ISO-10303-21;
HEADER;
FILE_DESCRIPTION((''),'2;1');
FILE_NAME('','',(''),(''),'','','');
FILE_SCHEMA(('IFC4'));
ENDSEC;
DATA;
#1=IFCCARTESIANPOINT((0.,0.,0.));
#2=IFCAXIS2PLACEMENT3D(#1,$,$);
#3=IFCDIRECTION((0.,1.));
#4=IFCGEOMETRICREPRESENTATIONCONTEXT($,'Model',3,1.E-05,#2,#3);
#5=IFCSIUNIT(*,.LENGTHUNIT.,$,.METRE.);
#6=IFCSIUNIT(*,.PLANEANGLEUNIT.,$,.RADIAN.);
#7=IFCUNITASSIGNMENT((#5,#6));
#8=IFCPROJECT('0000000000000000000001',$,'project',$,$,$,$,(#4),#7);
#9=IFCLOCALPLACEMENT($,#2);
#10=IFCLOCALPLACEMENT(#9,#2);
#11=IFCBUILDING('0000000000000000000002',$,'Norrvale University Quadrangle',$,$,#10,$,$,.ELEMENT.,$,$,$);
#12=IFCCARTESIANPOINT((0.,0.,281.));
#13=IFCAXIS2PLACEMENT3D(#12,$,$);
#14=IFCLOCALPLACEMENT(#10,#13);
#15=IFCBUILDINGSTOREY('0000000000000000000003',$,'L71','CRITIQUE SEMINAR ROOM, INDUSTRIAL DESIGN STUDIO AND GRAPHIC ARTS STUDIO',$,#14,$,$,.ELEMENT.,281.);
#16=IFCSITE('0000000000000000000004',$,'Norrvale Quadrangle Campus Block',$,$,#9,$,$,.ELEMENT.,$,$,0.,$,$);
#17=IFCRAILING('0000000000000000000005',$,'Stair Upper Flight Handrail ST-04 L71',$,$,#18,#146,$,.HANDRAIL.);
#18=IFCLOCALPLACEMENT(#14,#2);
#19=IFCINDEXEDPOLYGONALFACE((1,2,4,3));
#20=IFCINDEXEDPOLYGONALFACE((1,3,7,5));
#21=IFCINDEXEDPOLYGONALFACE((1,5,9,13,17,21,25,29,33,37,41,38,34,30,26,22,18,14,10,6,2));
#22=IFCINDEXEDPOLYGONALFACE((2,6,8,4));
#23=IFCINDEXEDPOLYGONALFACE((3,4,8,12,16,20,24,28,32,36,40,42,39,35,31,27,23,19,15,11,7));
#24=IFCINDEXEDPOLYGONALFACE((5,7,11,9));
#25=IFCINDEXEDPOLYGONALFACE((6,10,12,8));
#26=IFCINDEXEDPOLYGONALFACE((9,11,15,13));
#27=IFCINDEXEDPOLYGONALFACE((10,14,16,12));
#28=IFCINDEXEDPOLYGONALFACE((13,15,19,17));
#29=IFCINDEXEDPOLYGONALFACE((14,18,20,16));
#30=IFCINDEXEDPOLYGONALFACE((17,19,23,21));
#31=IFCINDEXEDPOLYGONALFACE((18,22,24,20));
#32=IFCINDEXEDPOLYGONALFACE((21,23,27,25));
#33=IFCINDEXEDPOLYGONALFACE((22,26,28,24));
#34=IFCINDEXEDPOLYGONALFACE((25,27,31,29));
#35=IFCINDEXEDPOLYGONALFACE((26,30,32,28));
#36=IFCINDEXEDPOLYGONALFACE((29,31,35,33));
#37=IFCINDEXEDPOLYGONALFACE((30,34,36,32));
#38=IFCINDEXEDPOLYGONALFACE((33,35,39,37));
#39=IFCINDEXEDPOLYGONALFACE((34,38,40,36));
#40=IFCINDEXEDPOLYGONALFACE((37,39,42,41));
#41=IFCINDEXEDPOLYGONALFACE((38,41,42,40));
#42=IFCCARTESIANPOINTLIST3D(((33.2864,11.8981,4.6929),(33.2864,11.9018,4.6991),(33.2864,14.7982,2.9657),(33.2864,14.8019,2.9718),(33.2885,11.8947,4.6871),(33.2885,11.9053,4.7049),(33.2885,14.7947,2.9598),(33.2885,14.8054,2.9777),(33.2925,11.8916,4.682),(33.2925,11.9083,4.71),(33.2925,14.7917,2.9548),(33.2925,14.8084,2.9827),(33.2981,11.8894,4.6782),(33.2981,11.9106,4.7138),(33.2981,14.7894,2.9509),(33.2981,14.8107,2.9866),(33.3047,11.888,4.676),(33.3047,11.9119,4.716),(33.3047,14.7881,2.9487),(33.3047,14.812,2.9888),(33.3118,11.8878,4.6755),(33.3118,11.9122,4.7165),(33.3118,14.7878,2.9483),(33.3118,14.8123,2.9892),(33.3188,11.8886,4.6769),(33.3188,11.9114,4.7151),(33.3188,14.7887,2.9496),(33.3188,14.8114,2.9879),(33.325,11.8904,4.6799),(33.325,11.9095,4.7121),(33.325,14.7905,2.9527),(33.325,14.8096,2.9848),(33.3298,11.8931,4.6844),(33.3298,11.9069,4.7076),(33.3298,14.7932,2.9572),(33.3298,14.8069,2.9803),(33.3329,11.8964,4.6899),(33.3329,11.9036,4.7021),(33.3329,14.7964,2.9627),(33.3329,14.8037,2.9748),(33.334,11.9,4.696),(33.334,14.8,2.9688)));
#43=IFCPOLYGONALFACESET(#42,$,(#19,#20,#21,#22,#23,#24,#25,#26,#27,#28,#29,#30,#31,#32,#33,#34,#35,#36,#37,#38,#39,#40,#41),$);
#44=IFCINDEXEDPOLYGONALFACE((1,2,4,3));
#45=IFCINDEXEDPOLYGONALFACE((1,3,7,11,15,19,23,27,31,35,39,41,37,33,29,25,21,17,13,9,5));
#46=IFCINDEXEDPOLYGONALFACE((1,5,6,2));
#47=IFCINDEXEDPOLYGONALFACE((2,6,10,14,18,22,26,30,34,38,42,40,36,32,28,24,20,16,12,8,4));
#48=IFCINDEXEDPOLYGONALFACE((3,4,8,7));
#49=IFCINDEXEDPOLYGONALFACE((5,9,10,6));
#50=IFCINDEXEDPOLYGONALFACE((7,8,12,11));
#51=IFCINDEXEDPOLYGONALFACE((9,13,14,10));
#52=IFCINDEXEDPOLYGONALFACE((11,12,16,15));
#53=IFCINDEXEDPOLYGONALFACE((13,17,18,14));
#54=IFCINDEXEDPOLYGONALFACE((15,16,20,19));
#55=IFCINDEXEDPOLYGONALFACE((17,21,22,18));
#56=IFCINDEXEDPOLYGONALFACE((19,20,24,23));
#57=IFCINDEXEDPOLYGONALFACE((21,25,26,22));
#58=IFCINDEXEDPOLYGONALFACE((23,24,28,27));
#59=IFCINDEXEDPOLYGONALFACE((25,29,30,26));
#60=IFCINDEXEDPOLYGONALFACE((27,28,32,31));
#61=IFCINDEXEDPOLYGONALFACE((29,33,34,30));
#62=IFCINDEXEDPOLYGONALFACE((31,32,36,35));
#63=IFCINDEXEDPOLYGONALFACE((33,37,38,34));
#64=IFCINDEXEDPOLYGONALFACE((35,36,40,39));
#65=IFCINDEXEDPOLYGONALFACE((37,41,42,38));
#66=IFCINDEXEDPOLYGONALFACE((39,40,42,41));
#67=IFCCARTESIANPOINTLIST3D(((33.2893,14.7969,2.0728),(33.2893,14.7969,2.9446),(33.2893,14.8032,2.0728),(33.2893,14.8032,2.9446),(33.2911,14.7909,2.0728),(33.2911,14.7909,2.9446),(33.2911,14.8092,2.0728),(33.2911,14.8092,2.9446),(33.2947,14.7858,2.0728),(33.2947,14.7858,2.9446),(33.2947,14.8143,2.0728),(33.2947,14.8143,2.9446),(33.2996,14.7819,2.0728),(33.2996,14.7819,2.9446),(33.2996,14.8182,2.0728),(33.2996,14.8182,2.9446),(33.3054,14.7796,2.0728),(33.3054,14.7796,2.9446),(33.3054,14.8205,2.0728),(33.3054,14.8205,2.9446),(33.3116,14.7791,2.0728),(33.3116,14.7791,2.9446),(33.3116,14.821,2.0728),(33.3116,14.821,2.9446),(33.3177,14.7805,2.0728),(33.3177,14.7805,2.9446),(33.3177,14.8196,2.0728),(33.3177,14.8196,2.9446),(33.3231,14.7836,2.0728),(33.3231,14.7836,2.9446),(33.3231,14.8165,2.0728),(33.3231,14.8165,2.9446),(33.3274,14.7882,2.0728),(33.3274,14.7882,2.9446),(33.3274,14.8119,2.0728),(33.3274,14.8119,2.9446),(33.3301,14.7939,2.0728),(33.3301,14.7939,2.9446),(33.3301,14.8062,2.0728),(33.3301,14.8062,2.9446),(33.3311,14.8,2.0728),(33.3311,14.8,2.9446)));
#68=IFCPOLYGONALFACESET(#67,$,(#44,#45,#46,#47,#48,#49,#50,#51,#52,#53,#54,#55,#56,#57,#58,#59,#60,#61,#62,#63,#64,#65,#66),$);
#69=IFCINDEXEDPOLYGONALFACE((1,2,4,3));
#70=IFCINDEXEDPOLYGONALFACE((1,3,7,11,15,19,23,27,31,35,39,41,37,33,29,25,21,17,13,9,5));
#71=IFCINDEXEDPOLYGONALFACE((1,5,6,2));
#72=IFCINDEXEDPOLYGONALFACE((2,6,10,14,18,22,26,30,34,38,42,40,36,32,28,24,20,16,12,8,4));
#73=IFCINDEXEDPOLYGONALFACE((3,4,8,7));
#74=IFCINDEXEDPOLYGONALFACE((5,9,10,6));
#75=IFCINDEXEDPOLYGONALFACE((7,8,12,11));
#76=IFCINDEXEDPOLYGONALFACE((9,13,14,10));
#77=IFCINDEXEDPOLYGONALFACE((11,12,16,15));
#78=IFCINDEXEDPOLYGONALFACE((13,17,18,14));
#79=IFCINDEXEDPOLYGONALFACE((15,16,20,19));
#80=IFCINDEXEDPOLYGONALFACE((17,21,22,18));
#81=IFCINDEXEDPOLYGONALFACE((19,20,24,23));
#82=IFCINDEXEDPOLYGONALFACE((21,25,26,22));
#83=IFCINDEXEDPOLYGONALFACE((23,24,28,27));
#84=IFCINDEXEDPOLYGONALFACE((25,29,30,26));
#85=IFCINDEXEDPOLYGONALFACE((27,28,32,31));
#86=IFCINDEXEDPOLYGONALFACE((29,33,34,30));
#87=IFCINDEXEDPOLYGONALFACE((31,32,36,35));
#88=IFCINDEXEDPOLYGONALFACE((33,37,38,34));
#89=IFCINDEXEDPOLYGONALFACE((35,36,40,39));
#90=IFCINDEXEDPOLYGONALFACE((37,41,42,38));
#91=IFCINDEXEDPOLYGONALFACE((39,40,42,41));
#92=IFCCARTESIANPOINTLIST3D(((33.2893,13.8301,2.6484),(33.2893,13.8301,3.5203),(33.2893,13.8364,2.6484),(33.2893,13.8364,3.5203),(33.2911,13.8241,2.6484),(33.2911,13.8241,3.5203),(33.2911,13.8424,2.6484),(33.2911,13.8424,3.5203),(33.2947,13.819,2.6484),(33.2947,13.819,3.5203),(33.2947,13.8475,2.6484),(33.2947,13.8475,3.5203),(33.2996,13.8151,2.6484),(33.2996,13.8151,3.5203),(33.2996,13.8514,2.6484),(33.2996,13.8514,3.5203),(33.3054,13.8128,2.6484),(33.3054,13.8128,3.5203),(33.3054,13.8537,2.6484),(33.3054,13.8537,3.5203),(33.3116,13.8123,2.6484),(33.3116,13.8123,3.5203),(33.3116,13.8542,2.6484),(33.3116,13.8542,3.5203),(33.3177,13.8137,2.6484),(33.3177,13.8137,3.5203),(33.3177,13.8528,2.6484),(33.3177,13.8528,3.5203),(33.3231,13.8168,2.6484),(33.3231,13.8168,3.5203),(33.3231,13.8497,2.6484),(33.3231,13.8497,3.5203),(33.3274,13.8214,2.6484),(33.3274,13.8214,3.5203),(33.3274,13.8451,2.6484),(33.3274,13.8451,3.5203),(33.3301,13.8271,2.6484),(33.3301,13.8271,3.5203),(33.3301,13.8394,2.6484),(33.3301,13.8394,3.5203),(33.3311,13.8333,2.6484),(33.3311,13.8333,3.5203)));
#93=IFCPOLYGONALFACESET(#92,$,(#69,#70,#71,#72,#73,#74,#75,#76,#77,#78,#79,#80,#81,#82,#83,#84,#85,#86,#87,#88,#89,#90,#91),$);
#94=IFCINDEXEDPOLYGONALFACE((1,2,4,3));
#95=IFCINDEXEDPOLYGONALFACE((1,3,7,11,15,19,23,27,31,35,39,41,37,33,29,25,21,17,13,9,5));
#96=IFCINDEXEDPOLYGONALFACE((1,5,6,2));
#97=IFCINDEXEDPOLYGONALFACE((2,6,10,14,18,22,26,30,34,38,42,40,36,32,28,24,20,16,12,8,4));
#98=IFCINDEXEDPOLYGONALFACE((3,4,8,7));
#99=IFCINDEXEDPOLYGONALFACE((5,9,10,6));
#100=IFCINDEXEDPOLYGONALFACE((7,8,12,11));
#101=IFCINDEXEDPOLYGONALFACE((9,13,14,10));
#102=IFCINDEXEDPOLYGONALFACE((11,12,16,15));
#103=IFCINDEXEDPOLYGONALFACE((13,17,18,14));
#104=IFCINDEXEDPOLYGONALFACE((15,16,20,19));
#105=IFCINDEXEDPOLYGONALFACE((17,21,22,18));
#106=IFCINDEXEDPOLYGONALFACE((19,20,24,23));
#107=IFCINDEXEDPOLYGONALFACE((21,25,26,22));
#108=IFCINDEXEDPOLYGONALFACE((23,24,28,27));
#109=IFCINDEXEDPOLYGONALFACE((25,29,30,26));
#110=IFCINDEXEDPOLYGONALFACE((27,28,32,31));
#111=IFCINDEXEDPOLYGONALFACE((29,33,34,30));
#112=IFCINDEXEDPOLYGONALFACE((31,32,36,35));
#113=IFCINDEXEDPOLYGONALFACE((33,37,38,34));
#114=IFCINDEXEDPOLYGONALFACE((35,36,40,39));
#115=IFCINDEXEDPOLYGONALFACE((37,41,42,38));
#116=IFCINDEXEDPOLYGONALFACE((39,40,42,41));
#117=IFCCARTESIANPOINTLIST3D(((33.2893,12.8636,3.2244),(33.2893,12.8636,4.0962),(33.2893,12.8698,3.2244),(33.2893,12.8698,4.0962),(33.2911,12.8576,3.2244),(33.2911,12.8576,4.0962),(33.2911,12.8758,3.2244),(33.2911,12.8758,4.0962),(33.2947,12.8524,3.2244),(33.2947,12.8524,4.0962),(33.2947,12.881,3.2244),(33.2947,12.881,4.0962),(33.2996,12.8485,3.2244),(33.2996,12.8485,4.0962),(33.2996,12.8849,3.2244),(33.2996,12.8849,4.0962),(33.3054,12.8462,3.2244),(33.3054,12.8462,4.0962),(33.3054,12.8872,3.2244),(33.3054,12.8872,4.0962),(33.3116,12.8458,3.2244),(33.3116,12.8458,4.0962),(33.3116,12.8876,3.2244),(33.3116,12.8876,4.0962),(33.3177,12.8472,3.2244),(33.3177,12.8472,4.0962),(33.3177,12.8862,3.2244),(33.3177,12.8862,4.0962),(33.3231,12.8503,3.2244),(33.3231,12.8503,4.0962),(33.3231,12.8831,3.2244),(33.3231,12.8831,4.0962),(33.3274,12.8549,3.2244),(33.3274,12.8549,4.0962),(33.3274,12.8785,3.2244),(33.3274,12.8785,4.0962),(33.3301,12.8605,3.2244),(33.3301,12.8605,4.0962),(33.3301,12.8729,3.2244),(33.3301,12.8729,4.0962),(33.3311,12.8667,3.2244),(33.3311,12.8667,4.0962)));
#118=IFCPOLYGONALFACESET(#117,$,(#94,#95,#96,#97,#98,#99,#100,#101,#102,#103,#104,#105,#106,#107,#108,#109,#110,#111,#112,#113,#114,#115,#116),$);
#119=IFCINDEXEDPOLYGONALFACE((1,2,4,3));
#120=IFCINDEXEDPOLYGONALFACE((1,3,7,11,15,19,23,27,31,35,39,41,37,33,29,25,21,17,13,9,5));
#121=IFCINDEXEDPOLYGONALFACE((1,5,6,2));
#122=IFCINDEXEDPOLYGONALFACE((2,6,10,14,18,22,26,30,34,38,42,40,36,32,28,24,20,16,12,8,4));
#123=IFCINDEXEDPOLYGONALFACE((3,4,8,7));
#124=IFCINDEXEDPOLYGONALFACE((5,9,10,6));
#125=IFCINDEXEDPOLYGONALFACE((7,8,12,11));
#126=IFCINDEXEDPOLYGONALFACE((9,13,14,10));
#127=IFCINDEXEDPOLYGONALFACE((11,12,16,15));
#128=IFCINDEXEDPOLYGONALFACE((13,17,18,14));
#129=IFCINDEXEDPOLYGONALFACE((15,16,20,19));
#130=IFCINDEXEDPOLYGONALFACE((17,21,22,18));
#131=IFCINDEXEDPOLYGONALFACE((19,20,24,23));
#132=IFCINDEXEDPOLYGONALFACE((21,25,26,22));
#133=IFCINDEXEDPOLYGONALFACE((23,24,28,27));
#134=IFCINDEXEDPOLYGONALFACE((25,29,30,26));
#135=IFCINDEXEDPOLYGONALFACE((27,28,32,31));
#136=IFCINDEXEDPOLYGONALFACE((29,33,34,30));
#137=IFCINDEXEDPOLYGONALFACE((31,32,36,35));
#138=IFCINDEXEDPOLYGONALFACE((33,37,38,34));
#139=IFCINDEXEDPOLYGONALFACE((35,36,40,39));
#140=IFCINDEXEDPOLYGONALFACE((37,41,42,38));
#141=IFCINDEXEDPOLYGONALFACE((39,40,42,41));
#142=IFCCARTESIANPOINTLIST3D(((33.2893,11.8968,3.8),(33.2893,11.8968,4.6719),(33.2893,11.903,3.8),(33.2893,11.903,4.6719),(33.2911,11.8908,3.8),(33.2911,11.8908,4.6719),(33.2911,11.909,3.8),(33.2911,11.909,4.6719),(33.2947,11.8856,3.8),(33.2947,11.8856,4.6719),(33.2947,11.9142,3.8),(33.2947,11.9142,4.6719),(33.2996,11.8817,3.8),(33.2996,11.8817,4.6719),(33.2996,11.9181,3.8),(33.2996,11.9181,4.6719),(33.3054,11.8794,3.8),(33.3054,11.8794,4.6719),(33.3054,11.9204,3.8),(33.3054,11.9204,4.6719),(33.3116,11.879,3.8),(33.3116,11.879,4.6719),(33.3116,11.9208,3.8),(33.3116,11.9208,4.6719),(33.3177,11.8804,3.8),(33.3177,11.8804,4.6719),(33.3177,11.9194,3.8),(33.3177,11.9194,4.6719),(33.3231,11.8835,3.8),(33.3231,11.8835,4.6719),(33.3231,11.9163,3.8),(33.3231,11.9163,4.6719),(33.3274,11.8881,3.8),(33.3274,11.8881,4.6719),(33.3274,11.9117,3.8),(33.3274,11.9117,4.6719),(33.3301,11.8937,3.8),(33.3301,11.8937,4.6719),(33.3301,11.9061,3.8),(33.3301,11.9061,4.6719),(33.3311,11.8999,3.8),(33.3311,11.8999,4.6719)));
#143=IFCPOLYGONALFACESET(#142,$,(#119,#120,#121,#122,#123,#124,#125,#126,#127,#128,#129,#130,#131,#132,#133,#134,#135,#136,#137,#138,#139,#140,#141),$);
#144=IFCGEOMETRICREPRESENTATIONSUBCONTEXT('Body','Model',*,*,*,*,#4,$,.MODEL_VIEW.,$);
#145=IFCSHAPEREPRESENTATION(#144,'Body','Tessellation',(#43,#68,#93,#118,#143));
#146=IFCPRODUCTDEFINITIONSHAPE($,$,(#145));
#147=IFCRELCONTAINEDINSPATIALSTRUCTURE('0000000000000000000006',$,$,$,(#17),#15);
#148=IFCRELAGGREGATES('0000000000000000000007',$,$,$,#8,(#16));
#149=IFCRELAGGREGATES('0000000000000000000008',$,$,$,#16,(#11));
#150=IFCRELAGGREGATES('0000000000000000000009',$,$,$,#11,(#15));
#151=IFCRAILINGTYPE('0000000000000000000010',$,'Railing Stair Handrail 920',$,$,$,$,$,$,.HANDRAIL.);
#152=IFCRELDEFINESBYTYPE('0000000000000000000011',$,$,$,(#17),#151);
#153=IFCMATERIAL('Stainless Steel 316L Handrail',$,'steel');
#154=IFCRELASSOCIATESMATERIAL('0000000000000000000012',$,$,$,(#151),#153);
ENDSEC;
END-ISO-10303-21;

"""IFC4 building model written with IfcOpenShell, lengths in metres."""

from ifc_helpers import new_model, si_unit, direction, frame, origin, origin_2d, place, context, subcontext, project, spatial, circle, extrude, material, type_object, element, save


model = new_model("IFC4")

# Units and contexts
model_context = context("Model", 3, precision=1e-05, world=origin(), true_north=direction((0.0, 1.0)))
body_context = subcontext(model_context, "Body", "Model", "MODEL_VIEW")
ifc_project = project(units=[si_unit("LENGTHUNIT", "METRE"), si_unit("PLANEANGLEUNIT", "RADIAN")], contexts=[model_context])

# Site, building, storey
site_placement = place(None, origin())
site = spatial("IfcSite", under=ifc_project, at=site_placement, Name="Norrvale Quadrangle Campus Block", CompositionType="ELEMENT", RefElevation=0.0)
building_placement = place(site_placement, origin())
building = spatial("IfcBuilding", under=site, at=building_placement, Name="Norrvale University Quadrangle", CompositionType="ELEMENT")
storey_placement = place(building_placement, frame((0.0, 0.0, 281.0)))
storey = spatial("IfcBuildingStorey", under=building, at=storey_placement, Name="L71", Description="CRITIQUE SEMINAR ROOM, INDUSTRIAL DESIGN STUDIO AND GRAPHIC ARTS STUDIO", CompositionType="ELEMENT", Elevation=281.0)

# Railing
ifc_material_1 = material(Name="Stainless Steel 316L Handrail", Category="steel")
railing_type_1 = type_object("IfcRailingType", Name="Railing Stair Handrail 920", PredefinedType="HANDRAIL", material=ifc_material_1)
railing_1_placement = place(storey_placement, frame((33.3101, 14.8, 2.0728)))
element("IfcRailing", 1, at=railing_1_placement, inside=storey, type_object=railing_type_1, Name="Stair Upper Flight Handrail ST-04 L71", PredefinedType="HANDRAIL", context=body_context, shape_type="SweptSolid", body=[
    extrude(circle(Radius=0.0239, at=origin_2d()), frame((0.0, 0.0, 0.896), z_axis=(0.0, -0.85916, 0.511706), x_axis=(1.0, 0.0, 0.0)), (0.0, 0.0, 1.0), 3.3755),
    extrude(circle(Radius=0.021, at=origin_2d()), origin(), (0.0, 0.0, 1.0), 0.8718),
    extrude(circle(Radius=0.021, at=origin_2d()), frame((0.0, -0.9668, 0.5757)), (0.0, 0.0, 1.0), 0.8718),
    extrude(circle(Radius=0.021, at=origin_2d()), frame((0.0, -1.9333, 1.1516)), (0.0, 0.0, 1.0), 0.8718),
    extrude(circle(Radius=0.021, at=origin_2d()), frame((0.0, -2.9001, 1.7273)), (0.0, 0.0, 1.0), 0.8718),
])

save(model, "model.ifc")
